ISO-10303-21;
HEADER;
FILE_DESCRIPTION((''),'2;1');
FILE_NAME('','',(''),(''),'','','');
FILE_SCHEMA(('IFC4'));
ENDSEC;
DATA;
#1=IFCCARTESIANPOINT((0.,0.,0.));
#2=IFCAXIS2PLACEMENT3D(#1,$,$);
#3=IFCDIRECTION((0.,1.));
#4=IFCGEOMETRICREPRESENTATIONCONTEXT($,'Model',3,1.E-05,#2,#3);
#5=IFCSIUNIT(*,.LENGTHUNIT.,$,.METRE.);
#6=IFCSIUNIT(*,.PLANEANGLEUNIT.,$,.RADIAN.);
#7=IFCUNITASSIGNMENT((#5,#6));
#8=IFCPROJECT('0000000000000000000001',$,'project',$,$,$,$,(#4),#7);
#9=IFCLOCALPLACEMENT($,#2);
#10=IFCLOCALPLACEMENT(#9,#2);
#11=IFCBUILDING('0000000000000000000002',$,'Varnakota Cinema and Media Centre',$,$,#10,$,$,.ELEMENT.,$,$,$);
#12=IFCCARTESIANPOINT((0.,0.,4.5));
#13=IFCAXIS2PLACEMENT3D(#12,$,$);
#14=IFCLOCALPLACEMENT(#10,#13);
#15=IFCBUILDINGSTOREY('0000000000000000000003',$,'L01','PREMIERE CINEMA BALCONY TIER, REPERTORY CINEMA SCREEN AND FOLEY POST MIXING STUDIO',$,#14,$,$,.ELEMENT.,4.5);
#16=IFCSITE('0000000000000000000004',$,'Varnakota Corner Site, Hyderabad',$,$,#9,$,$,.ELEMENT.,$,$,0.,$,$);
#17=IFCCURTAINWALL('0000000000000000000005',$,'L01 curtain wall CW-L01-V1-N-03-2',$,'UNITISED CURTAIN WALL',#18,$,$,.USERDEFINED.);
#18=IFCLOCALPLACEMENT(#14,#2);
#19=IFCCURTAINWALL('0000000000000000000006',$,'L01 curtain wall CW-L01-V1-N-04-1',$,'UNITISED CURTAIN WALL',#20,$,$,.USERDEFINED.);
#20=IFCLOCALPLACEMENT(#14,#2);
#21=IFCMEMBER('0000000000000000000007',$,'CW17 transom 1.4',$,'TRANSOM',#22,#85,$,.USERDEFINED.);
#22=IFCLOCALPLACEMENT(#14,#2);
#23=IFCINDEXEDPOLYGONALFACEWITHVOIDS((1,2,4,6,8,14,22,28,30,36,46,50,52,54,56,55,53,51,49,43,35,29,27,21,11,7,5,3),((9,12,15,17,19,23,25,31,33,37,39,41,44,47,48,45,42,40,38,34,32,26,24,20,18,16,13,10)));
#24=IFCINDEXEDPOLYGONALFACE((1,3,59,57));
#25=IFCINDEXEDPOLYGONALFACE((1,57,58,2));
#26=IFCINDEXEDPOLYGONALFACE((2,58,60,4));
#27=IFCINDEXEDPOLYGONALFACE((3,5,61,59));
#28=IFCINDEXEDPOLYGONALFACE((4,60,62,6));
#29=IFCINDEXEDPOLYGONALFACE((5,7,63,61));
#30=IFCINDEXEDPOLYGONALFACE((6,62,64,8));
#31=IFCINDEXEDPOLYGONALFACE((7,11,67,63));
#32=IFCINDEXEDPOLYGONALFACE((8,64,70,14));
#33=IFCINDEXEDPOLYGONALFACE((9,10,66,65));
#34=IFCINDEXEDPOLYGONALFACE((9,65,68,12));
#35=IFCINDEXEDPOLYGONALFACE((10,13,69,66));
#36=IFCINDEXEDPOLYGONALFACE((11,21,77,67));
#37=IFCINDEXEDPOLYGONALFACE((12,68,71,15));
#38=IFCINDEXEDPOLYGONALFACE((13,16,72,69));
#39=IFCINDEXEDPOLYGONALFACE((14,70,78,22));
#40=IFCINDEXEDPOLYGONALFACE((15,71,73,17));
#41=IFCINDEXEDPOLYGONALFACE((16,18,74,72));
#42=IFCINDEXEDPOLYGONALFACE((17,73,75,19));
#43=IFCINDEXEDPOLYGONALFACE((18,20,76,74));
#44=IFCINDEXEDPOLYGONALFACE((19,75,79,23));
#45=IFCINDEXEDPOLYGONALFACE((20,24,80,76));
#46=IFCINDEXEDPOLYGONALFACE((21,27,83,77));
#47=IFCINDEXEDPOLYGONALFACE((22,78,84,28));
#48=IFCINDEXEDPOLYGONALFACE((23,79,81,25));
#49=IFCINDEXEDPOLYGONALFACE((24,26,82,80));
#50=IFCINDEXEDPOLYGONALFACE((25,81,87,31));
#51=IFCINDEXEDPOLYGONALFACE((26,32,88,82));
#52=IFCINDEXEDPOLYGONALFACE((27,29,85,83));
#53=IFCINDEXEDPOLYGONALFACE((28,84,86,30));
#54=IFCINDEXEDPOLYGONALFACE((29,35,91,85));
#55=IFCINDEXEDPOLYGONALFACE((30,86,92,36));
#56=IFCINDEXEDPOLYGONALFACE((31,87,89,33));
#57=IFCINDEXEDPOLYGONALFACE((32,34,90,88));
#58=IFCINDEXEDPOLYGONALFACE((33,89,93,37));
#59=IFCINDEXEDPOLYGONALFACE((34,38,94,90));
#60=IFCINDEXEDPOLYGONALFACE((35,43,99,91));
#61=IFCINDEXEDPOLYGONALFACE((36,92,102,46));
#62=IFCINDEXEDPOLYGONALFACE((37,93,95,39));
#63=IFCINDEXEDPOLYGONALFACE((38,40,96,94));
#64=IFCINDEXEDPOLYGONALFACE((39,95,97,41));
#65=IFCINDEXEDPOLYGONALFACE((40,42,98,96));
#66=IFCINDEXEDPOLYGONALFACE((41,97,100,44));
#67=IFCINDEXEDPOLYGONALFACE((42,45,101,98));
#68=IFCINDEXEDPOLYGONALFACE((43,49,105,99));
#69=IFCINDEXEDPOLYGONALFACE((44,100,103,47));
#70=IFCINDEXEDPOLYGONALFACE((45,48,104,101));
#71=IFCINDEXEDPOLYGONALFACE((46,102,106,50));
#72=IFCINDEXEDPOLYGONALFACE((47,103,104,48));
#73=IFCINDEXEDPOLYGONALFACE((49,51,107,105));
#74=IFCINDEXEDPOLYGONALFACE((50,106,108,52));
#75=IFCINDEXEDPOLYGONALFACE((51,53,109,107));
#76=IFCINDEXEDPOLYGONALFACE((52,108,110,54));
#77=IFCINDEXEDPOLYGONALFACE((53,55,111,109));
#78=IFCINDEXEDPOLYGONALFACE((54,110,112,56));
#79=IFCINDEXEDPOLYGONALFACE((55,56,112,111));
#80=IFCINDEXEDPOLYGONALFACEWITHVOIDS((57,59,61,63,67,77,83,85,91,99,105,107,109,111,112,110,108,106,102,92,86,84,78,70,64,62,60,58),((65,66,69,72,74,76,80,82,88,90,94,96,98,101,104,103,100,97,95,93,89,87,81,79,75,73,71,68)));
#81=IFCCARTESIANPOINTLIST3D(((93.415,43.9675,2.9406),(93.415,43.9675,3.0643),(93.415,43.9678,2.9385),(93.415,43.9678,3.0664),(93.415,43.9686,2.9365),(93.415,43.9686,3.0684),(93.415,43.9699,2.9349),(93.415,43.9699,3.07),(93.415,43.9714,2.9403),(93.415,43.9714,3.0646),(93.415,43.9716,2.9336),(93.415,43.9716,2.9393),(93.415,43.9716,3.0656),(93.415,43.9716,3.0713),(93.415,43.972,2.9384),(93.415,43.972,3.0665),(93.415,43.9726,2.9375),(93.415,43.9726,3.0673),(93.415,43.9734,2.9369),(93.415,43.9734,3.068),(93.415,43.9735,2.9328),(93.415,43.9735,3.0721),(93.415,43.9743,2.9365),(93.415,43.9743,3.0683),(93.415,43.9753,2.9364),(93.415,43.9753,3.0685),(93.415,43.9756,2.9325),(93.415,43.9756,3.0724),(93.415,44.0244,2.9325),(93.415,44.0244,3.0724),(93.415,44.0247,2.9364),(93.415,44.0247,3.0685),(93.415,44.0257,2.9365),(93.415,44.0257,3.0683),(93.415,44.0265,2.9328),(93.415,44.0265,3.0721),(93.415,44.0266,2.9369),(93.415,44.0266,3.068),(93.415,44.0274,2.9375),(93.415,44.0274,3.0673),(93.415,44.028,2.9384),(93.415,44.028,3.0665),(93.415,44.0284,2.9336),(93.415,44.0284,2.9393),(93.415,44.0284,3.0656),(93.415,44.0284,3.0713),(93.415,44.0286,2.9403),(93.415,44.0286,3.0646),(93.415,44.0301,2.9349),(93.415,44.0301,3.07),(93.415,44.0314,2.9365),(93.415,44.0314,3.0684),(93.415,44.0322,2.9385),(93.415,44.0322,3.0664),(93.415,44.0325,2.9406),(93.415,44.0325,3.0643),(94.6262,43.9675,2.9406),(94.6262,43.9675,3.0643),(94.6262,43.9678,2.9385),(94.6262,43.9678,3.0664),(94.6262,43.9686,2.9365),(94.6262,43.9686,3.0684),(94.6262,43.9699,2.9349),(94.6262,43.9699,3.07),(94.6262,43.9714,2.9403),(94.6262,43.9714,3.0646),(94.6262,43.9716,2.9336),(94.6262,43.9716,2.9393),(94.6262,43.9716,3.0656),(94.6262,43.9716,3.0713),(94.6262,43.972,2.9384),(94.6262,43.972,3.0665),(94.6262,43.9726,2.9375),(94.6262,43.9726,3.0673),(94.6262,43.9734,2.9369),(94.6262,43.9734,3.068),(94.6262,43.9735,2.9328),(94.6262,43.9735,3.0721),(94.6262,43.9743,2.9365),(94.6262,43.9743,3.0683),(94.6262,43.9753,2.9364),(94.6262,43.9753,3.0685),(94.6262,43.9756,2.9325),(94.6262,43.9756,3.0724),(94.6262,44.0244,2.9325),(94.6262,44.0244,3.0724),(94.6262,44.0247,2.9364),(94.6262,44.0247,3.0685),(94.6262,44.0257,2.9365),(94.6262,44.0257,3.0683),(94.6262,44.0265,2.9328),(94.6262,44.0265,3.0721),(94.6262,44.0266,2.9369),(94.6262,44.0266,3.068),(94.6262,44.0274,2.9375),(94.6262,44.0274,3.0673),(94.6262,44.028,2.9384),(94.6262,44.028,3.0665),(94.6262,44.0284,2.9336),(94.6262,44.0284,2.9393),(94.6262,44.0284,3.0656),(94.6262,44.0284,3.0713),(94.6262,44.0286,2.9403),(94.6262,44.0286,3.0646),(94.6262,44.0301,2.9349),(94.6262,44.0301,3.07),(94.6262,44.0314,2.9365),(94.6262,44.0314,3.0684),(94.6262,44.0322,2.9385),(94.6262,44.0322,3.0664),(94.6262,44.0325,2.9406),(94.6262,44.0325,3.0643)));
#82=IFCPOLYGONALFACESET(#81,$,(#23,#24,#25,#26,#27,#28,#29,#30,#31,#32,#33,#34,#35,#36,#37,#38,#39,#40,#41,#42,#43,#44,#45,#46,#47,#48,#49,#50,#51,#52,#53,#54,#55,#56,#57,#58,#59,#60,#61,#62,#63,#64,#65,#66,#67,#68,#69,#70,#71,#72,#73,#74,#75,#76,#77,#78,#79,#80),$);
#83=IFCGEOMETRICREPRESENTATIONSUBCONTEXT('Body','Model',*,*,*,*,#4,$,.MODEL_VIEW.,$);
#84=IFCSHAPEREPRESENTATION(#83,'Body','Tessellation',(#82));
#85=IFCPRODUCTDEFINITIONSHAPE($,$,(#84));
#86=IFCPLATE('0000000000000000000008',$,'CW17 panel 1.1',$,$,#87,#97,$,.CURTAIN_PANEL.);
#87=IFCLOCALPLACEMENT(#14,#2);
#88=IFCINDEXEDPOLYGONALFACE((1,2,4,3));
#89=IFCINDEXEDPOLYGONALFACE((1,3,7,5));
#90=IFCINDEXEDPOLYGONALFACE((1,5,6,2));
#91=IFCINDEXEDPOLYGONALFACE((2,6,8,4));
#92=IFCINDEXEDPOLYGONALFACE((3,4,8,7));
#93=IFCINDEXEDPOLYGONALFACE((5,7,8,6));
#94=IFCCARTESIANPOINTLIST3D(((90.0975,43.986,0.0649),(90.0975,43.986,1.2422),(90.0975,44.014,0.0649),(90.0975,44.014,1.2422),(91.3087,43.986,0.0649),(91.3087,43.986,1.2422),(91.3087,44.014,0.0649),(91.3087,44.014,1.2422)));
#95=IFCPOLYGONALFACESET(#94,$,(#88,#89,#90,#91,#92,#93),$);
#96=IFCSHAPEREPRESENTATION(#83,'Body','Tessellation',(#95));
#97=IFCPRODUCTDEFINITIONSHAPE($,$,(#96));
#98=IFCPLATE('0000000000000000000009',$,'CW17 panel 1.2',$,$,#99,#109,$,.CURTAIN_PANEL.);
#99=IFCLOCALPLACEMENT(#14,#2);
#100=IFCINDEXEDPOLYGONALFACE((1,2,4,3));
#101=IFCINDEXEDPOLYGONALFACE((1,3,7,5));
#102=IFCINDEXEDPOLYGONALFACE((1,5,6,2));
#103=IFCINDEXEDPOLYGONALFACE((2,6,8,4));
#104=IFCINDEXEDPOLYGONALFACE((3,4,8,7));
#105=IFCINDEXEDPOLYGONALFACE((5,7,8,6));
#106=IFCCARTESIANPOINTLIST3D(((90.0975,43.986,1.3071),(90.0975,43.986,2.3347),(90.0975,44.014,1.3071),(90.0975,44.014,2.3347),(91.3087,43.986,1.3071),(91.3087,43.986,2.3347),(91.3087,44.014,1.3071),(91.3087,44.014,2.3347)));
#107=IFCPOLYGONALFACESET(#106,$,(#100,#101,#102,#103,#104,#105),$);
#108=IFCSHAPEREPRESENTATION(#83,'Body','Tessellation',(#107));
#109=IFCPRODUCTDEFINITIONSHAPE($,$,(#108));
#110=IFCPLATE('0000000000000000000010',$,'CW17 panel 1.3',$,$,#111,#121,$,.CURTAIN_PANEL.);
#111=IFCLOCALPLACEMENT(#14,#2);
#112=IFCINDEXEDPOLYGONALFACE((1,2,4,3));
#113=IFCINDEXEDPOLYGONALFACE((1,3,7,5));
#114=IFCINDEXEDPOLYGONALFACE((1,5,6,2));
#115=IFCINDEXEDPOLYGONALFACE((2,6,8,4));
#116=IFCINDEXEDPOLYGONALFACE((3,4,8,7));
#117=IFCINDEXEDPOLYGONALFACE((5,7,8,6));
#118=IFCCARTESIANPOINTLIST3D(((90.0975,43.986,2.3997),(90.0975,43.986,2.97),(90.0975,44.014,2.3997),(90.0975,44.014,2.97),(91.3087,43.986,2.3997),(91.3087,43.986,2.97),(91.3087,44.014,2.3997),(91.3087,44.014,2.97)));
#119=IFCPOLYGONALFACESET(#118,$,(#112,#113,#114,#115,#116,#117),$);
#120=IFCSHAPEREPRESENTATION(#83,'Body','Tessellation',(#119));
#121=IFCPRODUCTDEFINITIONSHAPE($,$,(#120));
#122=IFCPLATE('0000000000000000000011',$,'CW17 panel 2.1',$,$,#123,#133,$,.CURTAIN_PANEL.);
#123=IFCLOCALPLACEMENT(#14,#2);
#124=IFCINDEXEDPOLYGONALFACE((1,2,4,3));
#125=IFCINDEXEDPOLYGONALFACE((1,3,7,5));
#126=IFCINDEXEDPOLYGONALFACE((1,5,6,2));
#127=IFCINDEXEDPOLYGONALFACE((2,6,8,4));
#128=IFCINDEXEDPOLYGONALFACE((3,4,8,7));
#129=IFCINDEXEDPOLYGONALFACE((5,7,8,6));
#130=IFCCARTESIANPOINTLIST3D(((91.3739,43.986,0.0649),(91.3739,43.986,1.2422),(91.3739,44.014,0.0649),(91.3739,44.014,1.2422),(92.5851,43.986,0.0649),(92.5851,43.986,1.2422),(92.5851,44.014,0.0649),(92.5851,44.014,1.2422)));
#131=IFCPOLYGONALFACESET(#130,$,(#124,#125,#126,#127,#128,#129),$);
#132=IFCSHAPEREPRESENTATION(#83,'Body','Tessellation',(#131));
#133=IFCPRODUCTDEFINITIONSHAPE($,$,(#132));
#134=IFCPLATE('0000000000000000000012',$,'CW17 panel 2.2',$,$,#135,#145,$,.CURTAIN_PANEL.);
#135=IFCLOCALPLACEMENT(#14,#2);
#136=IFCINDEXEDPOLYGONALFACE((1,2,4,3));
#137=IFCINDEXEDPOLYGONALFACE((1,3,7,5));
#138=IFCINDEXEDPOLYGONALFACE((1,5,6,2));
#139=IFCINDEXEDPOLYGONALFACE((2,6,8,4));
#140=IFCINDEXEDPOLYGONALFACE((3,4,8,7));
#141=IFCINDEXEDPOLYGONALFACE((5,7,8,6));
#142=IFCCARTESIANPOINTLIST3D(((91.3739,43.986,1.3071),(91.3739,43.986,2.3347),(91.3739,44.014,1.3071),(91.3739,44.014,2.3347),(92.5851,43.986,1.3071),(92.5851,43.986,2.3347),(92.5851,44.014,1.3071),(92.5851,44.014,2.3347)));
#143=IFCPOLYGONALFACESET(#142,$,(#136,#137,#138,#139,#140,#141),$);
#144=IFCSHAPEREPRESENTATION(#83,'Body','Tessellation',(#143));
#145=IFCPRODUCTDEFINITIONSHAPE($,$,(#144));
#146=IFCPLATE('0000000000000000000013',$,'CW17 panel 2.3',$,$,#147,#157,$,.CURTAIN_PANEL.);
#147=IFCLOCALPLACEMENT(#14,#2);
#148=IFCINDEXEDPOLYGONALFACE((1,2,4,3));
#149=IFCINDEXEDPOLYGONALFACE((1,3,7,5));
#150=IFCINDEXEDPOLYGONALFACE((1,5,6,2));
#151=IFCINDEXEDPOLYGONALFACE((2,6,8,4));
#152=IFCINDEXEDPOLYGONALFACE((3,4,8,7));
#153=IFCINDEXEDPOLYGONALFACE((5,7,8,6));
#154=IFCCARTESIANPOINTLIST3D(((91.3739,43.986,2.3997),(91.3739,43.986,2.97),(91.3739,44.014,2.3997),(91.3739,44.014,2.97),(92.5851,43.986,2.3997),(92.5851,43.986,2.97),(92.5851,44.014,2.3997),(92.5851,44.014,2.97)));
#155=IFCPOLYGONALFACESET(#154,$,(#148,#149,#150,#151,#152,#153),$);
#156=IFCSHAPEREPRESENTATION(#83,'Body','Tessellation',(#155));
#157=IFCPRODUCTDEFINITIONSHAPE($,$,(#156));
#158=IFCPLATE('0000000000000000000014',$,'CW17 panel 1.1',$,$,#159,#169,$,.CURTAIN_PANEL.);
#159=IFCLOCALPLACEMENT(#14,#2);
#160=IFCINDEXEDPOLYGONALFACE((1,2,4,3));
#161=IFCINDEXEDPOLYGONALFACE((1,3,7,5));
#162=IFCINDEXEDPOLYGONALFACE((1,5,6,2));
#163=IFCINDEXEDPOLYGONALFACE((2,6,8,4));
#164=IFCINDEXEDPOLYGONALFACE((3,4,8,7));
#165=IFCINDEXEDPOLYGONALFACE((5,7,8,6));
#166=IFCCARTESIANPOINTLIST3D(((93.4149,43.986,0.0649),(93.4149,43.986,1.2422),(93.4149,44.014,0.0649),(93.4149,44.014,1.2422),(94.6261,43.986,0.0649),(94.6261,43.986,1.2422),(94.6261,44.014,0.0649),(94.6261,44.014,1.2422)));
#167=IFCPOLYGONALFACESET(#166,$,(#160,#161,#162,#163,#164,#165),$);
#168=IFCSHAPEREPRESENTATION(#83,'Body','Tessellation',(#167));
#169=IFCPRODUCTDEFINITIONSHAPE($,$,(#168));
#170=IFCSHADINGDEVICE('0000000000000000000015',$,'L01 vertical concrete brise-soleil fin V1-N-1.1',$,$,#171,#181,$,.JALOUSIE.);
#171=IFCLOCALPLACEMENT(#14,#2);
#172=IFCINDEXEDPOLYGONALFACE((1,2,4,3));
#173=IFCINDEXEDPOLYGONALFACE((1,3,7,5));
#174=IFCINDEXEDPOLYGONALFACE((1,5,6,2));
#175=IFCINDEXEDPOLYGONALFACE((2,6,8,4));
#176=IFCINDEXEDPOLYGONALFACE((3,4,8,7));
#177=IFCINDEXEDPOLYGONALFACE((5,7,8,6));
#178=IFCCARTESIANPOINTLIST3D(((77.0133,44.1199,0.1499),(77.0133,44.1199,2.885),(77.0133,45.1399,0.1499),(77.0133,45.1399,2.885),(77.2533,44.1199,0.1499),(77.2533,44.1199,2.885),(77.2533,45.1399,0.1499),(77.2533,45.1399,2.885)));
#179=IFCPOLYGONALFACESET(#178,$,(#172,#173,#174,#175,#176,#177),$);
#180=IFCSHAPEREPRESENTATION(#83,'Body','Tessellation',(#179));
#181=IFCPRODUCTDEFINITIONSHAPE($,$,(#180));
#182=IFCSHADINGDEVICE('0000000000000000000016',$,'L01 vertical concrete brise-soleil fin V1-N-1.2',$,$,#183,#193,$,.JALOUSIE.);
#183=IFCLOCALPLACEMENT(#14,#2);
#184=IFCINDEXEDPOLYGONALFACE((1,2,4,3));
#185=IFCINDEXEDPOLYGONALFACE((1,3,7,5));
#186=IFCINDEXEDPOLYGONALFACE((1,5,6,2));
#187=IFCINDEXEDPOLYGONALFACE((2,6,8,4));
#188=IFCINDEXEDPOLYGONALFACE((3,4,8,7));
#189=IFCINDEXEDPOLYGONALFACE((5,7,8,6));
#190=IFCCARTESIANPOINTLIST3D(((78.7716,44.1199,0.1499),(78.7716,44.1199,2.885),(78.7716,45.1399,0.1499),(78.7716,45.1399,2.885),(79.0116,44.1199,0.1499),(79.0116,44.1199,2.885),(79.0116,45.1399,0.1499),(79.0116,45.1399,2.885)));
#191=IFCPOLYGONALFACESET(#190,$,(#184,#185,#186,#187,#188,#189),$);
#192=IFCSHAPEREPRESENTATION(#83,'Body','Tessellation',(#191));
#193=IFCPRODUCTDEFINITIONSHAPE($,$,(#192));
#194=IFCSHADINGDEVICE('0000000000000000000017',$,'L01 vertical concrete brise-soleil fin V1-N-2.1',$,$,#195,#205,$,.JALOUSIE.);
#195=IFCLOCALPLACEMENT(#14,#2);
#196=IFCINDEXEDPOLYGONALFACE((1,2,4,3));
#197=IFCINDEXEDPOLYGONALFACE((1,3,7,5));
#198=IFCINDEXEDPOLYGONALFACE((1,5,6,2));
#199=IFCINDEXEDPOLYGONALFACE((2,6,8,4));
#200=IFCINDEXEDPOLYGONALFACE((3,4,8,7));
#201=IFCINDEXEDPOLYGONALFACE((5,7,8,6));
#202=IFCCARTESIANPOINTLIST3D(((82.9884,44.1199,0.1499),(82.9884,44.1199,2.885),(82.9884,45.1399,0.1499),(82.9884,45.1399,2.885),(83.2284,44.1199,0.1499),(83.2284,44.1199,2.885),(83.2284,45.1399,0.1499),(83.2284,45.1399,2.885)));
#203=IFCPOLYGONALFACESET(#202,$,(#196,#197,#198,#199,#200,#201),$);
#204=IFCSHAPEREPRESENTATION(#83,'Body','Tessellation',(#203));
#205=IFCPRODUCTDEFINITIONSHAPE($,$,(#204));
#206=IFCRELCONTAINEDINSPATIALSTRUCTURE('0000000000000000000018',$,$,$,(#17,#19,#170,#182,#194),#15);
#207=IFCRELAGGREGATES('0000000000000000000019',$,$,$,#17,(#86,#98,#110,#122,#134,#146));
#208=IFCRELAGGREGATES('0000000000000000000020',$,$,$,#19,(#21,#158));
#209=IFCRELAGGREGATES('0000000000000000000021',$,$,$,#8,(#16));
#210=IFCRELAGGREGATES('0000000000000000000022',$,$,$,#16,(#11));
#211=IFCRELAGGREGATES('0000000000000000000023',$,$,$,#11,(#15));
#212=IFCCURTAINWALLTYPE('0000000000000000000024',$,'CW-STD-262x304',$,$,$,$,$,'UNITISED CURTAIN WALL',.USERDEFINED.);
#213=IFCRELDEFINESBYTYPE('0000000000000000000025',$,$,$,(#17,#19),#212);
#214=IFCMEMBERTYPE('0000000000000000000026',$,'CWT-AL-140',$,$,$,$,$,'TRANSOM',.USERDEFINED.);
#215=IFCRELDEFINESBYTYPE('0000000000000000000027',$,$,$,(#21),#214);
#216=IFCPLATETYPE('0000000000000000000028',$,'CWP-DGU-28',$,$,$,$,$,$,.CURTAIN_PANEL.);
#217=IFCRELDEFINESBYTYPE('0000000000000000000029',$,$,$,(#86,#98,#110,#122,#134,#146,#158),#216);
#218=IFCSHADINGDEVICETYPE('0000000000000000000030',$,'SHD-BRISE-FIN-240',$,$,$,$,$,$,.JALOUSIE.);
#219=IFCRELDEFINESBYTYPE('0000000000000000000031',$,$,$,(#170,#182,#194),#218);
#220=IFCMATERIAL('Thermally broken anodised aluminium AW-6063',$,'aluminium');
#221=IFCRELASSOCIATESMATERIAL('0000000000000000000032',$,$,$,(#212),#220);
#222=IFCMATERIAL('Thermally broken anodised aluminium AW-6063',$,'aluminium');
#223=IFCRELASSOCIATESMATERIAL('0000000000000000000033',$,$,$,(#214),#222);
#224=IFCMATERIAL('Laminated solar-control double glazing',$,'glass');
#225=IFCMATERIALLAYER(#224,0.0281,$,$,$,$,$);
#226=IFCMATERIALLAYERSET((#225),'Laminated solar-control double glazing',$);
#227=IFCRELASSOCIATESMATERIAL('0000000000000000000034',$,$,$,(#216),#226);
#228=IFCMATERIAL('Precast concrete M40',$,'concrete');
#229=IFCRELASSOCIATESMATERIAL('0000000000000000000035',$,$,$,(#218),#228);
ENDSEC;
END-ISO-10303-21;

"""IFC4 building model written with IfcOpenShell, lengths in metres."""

from ifc_helpers import new_model, si_unit, direction, frame, origin, origin_2d, place, context, subcontext, project, spatial, rectangle, hollow_rectangle, extrude, material, layer, layer_set, material_profile, profile_set, type_object, element, aggregate, save


model = new_model("IFC4")

# Units and contexts
model_context = context("Model", 3, precision=1e-05, world=origin(), true_north=direction((0.0, 1.0)))
body_context = subcontext(model_context, "Body", "Model", "MODEL_VIEW")
ifc_project = project(units=[si_unit("LENGTHUNIT", "METRE"), si_unit("PLANEANGLEUNIT", "RADIAN")], contexts=[model_context])

# Site, building, storey
site_placement = place(None, origin())
site = spatial("IfcSite", under=ifc_project, at=site_placement, Name="Varnakota Corner Site, Hyderabad", CompositionType="ELEMENT", RefElevation=0.0)
building_placement = place(site_placement, origin())
building = spatial("IfcBuilding", under=site, at=building_placement, Name="Varnakota Cinema and Media Centre", CompositionType="ELEMENT")
storey_placement = place(building_placement, frame((0.0, 0.0, 4.5)))
storey = spatial("IfcBuildingStorey", under=building, at=storey_placement, Name="L01", Description="PREMIERE CINEMA BALCONY TIER, REPERTORY CINEMA SCREEN AND FOLEY POST MIXING STUDIO", CompositionType="ELEMENT", Elevation=4.5)

# Shared definitions
ifc_material_1 = material(Name="Thermally broken anodised aluminium AW-6063", Category="aluminium")
curtain_wall_type = type_object("IfcCurtainWallType", Name="CW-STD-262x304", ElementType="UNITISED CURTAIN WALL", PredefinedType="USERDEFINED", material=ifc_material_1)

# Curtain wall
curtain_wall_1_placement = place(storey_placement, origin())
curtain_wall_1 = element("IfcCurtainWall", 1, at=curtain_wall_1_placement, inside=storey, type_object=curtain_wall_type, Name="L01 curtain wall CW-L01-V1-N-03-2", ObjectType="UNITISED CURTAIN WALL", PredefinedType="USERDEFINED")

# Curtain wall
curtain_wall_2_placement = place(storey_placement, origin())
curtain_wall_2 = element("IfcCurtainWall", 2, at=curtain_wall_2_placement, inside=storey, type_object=curtain_wall_type, Name="L01 curtain wall CW-L01-V1-N-04-1", ObjectType="UNITISED CURTAIN WALL", PredefinedType="USERDEFINED")

# Member
ifc_material_2 = material(Name="Thermally broken anodised aluminium AW-6063", Category="aluminium")
ifc_material_profile_1 = material_profile(ifc_material_2, hollow_rectangle(XDim=0.0649, YDim=0.1399, WallThickness=0.0039, InnerFilletRadius=0.0039, OuterFilletRadius=0.0081, at=origin_2d()), Name="AL-TRANSOM 140x65x4")
ifc_profile_set_1 = profile_set([ifc_material_profile_1], Name="Thermally broken anodised aluminium AW-6063")
member_type_1 = type_object("IfcMemberType", Name="CWT-AL-140", ElementType="TRANSOM", PredefinedType="USERDEFINED", material=ifc_profile_set_1)
member_1_placement = place(storey_placement, frame((93.415, 44.0, 3.0024), z_axis=(1.0, 0.0, 0.0), x_axis=(0.0, 1.0, 0.0)))
member_1 = element("IfcMember", 3, at=member_1_placement, type_object=member_type_1, Name="CW17 transom 1.4", ObjectType="TRANSOM", PredefinedType="USERDEFINED", context=body_context, shape_type="SweptSolid", body=[
    extrude(hollow_rectangle(XDim=0.0649, YDim=0.1399, WallThickness=0.0039, InnerFilletRadius=0.0039, OuterFilletRadius=0.0081, at=origin_2d()), origin(), (0.0, 0.0, 1.0), 1.2112),
])

# Plates
ifc_material_3 = material(Name="Laminated solar-control double glazing", Category="glass")
ifc_layer = layer(ifc_material_3, 0.0281)
ifc_layer_set = layer_set([ifc_layer], Name="Laminated solar-control double glazing")
plate_type = type_object("IfcPlateType", Name="CWP-DGU-28", PredefinedType="CURTAIN_PANEL", material=ifc_layer_set)
plate_1_placement = place(storey_placement, frame((90.7031, 44.0, 0.0649), z_axis=(0.0, 0.0, 1.0), x_axis=(1.0, 0.0, 0.0)))
plate_1 = element("IfcPlate", 4, at=plate_1_placement, type_object=plate_type, Name="CW17 panel 1.1", PredefinedType="CURTAIN_PANEL", context=body_context, shape_type="SweptSolid", body=[
    extrude(rectangle(XDim=1.2112, YDim=0.0281, at=origin_2d()), origin(), (0.0, 0.0, 1.0), 1.1772),
])
plate_2_placement = place(storey_placement, frame((90.7031, 44.0, 1.3071), z_axis=(0.0, 0.0, 1.0), x_axis=(1.0, 0.0, 0.0)))
plate_2 = element("IfcPlate", 5, at=plate_2_placement, type_object=plate_type, Name="CW17 panel 1.2", PredefinedType="CURTAIN_PANEL", context=body_context, shape_type="SweptSolid", body=[
    extrude(rectangle(XDim=1.2112, YDim=0.0281, at=origin_2d()), origin(), (0.0, 0.0, 1.0), 1.0276),
])
plate_3_placement = place(storey_placement, frame((90.7031, 44.0, 2.3997), z_axis=(0.0, 0.0, 1.0), x_axis=(1.0, 0.0, 0.0)))
plate_3 = element("IfcPlate", 6, at=plate_3_placement, type_object=plate_type, Name="CW17 panel 1.3", PredefinedType="CURTAIN_PANEL", context=body_context, shape_type="SweptSolid", body=[
    extrude(rectangle(XDim=1.2112, YDim=0.0281, at=origin_2d()), origin(), (0.0, 0.0, 1.0), 0.5703),
])
plate_4_placement = place(storey_placement, frame((91.9795, 44.0, 0.0649), z_axis=(0.0, 0.0, 1.0), x_axis=(1.0, 0.0, 0.0)))
plate_4 = element("IfcPlate", 7, at=plate_4_placement, type_object=plate_type, Name="CW17 panel 2.1", PredefinedType="CURTAIN_PANEL", context=body_context, shape_type="SweptSolid", body=[
    extrude(rectangle(XDim=1.2112, YDim=0.0281, at=origin_2d()), origin(), (0.0, 0.0, 1.0), 1.1772),
])
plate_5_placement = place(storey_placement, frame((91.9795, 44.0, 1.3071), z_axis=(0.0, 0.0, 1.0), x_axis=(1.0, 0.0, 0.0)))
plate_5 = element("IfcPlate", 8, at=plate_5_placement, type_object=plate_type, Name="CW17 panel 2.2", PredefinedType="CURTAIN_PANEL", context=body_context, shape_type="SweptSolid", body=[
    extrude(rectangle(XDim=1.2112, YDim=0.0281, at=origin_2d()), origin(), (0.0, 0.0, 1.0), 1.0276),
])
plate_6_placement = place(storey_placement, frame((91.9795, 44.0, 2.3997), z_axis=(0.0, 0.0, 1.0), x_axis=(1.0, 0.0, 0.0)))
plate_6 = element("IfcPlate", 9, at=plate_6_placement, type_object=plate_type, Name="CW17 panel 2.3", PredefinedType="CURTAIN_PANEL", context=body_context, shape_type="SweptSolid", body=[
    extrude(rectangle(XDim=1.2112, YDim=0.0281, at=origin_2d()), origin(), (0.0, 0.0, 1.0), 0.5703),
])
aggregate(curtain_wall_1, [plate_1, plate_2, plate_3, plate_4, plate_5, plate_6])
plate_7_placement = place(storey_placement, frame((94.0205, 44.0, 0.0649), z_axis=(0.0, 0.0, 1.0), x_axis=(1.0, 0.0, 0.0)))
plate_7 = element("IfcPlate", 10, at=plate_7_placement, type_object=plate_type, Name="CW17 panel 1.1", PredefinedType="CURTAIN_PANEL", context=body_context, shape_type="SweptSolid", body=[
    extrude(rectangle(XDim=1.2112, YDim=0.0281, at=origin_2d()), origin(), (0.0, 0.0, 1.0), 1.1772),
])
aggregate(curtain_wall_2, [member_1, plate_7])

# Shading devices
ifc_material_4 = material(Name="Precast concrete M40", Category="concrete")
shading_device_type = type_object("IfcShadingDeviceType", Name="SHD-BRISE-FIN-240", PredefinedType="JALOUSIE", material=ifc_material_4)
for number, where, z_axis, x_axis, name in (
    (11, (77.1333, 44.6299, 0.1499), (0.0, 0.0, 1.0), (1.0, 0.0, 0.0), "L01 vertical concrete brise-soleil fin V1-N-1.1"),
    (12, (78.8916, 44.6299, 0.1499), (0.0, 0.0, 1.0), (1.0, 0.0, 0.0), "L01 vertical concrete brise-soleil fin V1-N-1.2"),
    (13, (83.1084, 44.6299, 0.1499), (0.0, 0.0, 1.0), (1.0, 0.0, 0.0), "L01 vertical concrete brise-soleil fin V1-N-2.1"),
):
    element("IfcShadingDevice", number, at=place(storey_placement, frame(where, z_axis=z_axis, x_axis=x_axis)), inside=storey, type_object=shading_device_type, Name=name, PredefinedType="JALOUSIE", context=body_context, shape_type="SweptSolid", body=[
        extrude(rectangle(XDim=0.24, YDim=1.02, at=origin_2d()), origin(), (0.0, 0.0, 1.0), 2.7351),
    ])

save(model, "model.ifc")
